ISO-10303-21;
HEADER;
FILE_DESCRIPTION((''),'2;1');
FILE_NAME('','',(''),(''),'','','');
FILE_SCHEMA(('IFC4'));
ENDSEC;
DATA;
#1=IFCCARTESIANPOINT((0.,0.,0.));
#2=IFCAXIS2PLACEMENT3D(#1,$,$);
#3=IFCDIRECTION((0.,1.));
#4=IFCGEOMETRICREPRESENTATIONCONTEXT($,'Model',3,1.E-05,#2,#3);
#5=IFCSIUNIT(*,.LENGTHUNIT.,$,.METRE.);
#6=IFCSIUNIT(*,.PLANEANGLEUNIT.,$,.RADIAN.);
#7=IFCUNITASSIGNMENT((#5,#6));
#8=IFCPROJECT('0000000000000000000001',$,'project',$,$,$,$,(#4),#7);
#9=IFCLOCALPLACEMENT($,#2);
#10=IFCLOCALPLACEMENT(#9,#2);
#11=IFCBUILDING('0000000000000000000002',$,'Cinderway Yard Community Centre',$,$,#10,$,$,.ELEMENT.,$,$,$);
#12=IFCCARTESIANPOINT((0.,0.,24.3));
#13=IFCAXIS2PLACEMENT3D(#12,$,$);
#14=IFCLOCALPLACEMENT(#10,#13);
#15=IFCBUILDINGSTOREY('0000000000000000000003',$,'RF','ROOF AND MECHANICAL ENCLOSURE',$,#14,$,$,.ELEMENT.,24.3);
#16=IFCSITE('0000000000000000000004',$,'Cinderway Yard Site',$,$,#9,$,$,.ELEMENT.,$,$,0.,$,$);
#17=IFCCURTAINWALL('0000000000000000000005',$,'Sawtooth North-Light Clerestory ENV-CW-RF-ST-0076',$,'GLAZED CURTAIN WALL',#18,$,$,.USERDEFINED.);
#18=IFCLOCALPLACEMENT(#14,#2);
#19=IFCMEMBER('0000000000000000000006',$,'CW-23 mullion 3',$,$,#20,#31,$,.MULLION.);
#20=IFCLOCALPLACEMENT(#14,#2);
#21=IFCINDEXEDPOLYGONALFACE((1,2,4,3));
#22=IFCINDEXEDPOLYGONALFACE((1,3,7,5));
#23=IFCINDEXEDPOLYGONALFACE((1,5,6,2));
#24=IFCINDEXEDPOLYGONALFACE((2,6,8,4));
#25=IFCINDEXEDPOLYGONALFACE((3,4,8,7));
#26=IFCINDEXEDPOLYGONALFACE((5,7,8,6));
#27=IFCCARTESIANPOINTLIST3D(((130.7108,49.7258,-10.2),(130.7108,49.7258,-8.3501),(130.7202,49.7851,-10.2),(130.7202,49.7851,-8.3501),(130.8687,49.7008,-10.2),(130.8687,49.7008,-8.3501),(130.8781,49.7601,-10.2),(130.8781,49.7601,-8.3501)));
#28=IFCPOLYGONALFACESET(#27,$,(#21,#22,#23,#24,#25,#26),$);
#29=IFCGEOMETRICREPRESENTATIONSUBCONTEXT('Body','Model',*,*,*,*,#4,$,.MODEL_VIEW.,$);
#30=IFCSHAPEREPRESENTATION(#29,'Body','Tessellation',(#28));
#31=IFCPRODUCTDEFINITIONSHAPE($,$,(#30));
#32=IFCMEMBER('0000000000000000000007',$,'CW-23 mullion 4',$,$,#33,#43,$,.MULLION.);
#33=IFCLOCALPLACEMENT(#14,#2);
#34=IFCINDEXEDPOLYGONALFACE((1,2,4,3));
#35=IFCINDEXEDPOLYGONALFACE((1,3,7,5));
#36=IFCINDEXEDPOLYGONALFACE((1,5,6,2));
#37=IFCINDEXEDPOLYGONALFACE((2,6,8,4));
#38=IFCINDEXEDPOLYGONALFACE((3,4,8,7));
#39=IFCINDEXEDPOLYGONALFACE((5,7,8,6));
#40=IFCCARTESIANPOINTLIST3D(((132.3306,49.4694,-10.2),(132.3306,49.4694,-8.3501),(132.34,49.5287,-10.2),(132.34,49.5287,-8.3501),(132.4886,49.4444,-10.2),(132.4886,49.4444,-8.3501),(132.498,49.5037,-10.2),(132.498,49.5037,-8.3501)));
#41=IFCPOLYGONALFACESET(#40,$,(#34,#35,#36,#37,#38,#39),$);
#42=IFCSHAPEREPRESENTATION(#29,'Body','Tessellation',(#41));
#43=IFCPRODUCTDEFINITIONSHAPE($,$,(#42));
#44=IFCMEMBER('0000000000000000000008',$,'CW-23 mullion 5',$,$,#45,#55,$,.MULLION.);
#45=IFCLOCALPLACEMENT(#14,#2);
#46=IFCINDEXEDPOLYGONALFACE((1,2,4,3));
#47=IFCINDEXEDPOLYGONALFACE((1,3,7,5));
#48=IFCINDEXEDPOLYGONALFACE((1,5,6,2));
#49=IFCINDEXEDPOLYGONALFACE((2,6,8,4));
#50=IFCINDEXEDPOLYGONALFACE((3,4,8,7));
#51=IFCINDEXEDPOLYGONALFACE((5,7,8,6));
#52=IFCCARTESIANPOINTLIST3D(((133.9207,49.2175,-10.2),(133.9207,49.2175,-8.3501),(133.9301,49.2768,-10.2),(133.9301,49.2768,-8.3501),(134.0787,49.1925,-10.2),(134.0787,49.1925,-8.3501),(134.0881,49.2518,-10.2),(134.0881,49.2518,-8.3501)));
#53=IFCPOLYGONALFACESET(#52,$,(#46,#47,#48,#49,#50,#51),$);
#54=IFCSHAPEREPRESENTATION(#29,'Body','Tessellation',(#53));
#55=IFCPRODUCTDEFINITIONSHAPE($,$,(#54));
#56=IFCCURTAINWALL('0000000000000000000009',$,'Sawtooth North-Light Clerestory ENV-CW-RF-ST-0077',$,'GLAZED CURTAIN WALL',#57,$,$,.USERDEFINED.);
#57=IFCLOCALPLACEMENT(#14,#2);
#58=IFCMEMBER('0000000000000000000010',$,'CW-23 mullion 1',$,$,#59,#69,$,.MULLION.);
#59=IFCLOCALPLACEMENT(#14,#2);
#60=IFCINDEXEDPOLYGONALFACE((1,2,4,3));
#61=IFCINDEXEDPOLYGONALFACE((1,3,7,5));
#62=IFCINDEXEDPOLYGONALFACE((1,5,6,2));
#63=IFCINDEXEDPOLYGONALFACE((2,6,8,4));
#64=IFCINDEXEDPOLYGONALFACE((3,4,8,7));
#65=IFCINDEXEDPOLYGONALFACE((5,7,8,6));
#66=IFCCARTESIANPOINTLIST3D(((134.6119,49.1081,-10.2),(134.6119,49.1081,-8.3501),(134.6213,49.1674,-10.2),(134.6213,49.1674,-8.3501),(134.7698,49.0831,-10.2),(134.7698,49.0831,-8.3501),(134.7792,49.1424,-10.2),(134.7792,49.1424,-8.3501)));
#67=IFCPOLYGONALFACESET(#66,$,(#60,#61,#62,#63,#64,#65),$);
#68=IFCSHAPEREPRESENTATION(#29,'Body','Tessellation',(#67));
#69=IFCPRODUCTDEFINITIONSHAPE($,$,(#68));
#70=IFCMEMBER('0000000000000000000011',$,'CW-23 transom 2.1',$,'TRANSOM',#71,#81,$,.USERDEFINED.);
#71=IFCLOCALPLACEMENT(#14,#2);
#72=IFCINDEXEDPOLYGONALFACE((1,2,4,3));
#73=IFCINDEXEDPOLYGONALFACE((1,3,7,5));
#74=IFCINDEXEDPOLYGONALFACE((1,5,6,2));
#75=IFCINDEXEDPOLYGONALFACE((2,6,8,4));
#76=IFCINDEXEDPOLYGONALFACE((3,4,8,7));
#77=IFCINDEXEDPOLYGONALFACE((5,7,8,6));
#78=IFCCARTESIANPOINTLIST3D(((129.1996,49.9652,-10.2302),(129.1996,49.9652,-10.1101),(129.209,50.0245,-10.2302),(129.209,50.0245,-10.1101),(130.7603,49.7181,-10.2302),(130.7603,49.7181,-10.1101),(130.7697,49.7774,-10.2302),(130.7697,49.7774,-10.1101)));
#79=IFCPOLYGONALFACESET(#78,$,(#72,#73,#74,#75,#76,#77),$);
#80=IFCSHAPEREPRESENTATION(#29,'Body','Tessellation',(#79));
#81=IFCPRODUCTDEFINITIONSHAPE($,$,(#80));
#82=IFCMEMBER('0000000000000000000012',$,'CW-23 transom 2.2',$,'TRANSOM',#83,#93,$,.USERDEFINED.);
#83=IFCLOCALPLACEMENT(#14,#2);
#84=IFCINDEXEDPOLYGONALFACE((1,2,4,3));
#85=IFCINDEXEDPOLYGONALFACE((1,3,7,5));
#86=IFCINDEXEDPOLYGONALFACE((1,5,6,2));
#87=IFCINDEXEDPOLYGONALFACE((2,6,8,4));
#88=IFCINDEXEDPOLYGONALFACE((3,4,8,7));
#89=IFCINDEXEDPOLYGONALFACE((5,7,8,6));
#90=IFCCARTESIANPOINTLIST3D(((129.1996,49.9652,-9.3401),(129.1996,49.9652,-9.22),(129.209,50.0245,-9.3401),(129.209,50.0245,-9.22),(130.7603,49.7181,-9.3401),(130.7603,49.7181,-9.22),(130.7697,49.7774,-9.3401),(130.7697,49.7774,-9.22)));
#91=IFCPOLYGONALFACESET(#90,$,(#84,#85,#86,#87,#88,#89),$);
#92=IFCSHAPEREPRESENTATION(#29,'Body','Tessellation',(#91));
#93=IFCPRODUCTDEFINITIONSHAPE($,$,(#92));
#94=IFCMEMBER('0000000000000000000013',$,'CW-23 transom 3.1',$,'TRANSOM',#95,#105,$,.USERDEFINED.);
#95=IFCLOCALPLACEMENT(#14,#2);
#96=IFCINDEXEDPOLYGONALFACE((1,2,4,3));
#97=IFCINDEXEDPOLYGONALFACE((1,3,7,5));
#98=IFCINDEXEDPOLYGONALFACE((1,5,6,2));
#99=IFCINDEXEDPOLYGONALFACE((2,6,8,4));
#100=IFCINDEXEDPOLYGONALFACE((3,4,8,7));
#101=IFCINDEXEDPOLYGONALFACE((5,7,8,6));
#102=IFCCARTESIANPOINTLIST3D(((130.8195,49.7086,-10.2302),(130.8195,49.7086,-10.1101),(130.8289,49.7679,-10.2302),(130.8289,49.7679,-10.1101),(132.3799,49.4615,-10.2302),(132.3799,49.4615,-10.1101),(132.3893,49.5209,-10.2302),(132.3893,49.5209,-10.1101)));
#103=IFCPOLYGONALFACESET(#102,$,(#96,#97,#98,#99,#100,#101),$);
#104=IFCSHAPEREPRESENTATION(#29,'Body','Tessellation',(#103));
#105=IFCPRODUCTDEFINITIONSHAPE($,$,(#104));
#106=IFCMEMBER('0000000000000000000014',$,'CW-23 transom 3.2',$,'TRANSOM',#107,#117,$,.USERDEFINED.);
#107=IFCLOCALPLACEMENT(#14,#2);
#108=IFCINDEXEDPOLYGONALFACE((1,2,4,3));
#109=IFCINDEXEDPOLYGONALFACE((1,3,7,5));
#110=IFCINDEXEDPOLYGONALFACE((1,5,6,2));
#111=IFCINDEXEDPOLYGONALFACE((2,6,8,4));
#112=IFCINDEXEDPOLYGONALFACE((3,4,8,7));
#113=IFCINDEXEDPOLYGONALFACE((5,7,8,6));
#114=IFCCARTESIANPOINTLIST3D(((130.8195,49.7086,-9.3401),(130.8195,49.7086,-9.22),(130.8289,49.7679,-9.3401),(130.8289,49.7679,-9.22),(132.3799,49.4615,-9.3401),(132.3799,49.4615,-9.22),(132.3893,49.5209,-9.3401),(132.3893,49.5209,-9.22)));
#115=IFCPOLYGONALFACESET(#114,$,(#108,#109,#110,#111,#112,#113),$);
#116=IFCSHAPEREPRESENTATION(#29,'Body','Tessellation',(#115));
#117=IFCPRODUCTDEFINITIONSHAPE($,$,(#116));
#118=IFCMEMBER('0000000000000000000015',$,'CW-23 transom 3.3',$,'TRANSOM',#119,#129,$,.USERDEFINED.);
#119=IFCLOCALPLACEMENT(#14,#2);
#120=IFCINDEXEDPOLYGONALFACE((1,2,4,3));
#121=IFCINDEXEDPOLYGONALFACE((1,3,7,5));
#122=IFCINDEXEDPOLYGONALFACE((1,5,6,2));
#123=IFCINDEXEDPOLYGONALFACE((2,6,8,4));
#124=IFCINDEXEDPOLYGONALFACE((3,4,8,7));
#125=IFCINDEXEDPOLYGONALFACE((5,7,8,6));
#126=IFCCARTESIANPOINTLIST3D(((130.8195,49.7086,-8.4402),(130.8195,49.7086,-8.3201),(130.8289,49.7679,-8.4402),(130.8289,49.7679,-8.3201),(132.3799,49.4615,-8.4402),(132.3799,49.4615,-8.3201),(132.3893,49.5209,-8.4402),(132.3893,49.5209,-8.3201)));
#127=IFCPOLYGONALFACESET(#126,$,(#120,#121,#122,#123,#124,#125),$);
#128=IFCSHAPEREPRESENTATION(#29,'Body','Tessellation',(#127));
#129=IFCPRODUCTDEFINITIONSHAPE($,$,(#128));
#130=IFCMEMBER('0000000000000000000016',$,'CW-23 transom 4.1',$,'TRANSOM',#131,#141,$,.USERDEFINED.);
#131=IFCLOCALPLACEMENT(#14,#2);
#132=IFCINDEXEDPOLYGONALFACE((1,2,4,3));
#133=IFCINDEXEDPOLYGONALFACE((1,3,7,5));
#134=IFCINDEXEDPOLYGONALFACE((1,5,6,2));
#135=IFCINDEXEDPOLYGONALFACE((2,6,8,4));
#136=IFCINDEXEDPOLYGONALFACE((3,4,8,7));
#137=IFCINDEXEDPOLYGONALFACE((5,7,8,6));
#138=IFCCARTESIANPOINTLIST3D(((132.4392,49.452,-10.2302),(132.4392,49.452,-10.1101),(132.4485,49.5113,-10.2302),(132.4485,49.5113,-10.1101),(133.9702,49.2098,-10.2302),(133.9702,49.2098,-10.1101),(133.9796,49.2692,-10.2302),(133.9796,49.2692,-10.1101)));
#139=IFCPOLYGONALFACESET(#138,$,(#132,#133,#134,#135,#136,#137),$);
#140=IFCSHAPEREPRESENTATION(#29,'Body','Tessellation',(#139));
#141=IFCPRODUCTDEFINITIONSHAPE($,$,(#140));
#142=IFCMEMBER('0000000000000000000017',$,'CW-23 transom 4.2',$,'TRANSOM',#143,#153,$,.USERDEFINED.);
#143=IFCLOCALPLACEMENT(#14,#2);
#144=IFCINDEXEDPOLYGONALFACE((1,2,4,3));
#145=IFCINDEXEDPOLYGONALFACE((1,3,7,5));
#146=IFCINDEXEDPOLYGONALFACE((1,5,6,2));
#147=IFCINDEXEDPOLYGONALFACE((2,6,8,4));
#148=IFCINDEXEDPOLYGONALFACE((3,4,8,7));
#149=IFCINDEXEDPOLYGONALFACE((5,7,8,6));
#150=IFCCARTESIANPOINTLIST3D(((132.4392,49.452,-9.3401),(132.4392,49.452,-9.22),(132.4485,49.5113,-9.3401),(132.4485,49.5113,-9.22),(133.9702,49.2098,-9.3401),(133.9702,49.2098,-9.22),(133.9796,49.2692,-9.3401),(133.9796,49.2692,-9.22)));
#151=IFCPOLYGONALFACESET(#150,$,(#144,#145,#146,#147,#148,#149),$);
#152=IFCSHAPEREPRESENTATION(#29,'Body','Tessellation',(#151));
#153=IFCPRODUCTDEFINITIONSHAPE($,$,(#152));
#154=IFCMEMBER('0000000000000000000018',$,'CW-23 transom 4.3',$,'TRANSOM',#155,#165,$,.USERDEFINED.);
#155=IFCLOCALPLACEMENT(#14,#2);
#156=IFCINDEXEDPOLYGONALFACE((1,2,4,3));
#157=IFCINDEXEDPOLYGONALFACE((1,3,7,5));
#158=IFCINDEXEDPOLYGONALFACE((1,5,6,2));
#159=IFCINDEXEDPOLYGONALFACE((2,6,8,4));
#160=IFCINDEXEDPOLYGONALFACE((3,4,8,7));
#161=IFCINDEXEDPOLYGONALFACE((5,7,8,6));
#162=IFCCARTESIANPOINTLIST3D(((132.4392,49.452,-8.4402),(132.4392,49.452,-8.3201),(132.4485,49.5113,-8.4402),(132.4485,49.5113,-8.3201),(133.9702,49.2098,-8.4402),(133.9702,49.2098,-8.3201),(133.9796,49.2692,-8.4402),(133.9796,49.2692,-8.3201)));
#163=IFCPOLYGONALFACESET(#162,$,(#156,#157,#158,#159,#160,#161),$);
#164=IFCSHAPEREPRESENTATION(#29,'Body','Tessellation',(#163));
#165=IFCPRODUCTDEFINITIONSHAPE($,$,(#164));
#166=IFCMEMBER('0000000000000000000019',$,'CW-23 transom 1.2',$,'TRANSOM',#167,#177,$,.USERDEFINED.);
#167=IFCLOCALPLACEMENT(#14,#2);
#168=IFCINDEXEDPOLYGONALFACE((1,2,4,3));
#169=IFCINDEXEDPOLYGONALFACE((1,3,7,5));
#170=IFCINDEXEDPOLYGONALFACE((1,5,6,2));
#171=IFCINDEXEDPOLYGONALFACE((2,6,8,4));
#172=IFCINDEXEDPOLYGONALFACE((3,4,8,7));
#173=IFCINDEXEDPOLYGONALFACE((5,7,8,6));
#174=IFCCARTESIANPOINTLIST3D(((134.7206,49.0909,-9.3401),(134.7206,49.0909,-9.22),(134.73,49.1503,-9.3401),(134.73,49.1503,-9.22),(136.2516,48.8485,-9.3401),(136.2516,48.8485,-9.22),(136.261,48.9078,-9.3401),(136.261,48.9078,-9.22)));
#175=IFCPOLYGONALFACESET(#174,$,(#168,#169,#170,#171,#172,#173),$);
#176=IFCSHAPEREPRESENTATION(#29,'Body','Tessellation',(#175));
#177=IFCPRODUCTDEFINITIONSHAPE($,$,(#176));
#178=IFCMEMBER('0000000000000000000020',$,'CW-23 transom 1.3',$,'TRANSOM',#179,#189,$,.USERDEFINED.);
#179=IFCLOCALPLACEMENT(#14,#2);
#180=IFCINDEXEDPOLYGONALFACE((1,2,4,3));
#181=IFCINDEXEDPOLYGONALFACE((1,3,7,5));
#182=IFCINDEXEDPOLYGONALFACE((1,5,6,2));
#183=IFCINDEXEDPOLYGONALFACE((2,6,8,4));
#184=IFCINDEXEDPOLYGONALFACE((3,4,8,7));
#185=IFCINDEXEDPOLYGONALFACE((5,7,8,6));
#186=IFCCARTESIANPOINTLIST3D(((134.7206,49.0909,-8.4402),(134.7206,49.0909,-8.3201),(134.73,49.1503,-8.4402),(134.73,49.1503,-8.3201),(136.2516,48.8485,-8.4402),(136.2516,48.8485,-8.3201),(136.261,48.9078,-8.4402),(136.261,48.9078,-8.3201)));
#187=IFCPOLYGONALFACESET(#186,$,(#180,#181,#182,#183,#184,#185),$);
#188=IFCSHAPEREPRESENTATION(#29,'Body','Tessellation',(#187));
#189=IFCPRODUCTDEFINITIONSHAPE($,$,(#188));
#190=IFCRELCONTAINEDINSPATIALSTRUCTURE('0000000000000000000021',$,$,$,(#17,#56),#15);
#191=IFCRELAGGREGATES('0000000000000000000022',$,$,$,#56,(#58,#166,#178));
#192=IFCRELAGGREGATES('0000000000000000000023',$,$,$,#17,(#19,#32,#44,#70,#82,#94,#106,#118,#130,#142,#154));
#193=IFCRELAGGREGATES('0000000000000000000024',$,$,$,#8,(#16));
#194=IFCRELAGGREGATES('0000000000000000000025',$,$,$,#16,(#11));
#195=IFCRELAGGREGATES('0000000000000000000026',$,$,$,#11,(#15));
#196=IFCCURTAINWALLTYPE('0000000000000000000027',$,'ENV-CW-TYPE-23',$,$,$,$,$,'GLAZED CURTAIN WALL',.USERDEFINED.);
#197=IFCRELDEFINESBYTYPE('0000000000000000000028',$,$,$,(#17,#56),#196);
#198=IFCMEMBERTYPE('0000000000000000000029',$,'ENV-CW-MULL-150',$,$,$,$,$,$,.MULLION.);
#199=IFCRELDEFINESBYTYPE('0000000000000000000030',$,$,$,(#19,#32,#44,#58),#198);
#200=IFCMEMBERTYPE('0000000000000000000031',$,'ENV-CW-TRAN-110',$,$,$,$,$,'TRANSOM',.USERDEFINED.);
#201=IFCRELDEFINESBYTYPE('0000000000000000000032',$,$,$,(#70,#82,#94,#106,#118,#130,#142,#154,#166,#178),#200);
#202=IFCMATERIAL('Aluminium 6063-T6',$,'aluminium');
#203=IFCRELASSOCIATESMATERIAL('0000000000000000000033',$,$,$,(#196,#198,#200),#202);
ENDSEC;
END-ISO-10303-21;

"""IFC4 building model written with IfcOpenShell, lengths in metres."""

from ifc_helpers import new_model, si_unit, direction, frame, origin, origin_2d, place, context, subcontext, project, spatial, rectangle, extrude, material, material_profile, profile_set, type_object, element, aggregate, save


model = new_model("IFC4")

# Units and contexts
model_context = context("Model", 3, precision=1e-05, world=origin(), true_north=direction((0.0, 1.0)))
body_context = subcontext(model_context, "Body", "Model", "MODEL_VIEW")
ifc_project = project(units=[si_unit("LENGTHUNIT", "METRE"), si_unit("PLANEANGLEUNIT", "RADIAN")], contexts=[model_context])

# Site, building, storey
site_placement = place(None, origin())
site = spatial("IfcSite", under=ifc_project, at=site_placement, Name="Cinderway Yard Site", CompositionType="ELEMENT", RefElevation=0.0)
building_placement = place(site_placement, origin())
building = spatial("IfcBuilding", under=site, at=building_placement, Name="Cinderway Yard Community Centre", CompositionType="ELEMENT")
storey_placement = place(building_placement, frame((0.0, 0.0, 24.3)))
storey = spatial("IfcBuildingStorey", under=building, at=storey_placement, Name="RF", Description="ROOF AND MECHANICAL ENCLOSURE", CompositionType="ELEMENT", Elevation=24.3)

# Curtain wall, members
ifc_material_1 = material(Name="Aluminium 6063-T6", Category="aluminium")
curtain_wall_type = type_object("IfcCurtainWallType", Name="ENV-CW-TYPE-23", ElementType="GLAZED CURTAIN WALL", PredefinedType="USERDEFINED", material=ifc_material_1)
curtain_wall_1_placement = place(storey_placement, origin())
curtain_wall_1 = element("IfcCurtainWall", 1, at=curtain_wall_1_placement, inside=storey, type_object=curtain_wall_type, Name="Sawtooth North-Light Clerestory ENV-CW-RF-ST-0076", ObjectType="GLAZED CURTAIN WALL", PredefinedType="USERDEFINED")
ifc_material_profile_1 = material_profile(ifc_material_1, rectangle(XDim=0.0601, YDim=0.1599, at=origin_2d()), Name="Aluminium 6063-T6")
ifc_profile_set_1 = profile_set([ifc_material_profile_1], Name="Aluminium 6063-T6")
member_type_1 = type_object("IfcMemberType", Name="ENV-CW-MULL-150", PredefinedType="MULLION", material=ifc_profile_set_1)
member_1_placement = place(storey_placement, frame((130.7944, 49.7429, -10.2), z_axis=(0.0, 0.0, 1.0), x_axis=(0.156409, 0.987692, 0.0)))
member_1 = element("IfcMember", 2, at=member_1_placement, type_object=member_type_1, Name="CW-23 mullion 3", PredefinedType="MULLION", context=body_context, shape_type="SweptSolid", body=[
    extrude(rectangle(XDim=0.0601, YDim=0.1599, at=origin_2d()), origin(), (0.0, 0.0, 1.0), 1.8499),
])
member_2_placement = place(storey_placement, frame((132.4143, 49.4866, -10.2), z_axis=(0.0, 0.0, 1.0), x_axis=(0.156409, 0.987692, 0.0)))
member_2 = element("IfcMember", 3, at=member_2_placement, type_object=member_type_1, Name="CW-23 mullion 4", PredefinedType="MULLION", context=body_context, shape_type="SweptSolid", body=[
    extrude(rectangle(XDim=0.0601, YDim=0.1599, at=origin_2d()), origin(), (0.0, 0.0, 1.0), 1.8499),
])
member_3_placement = place(storey_placement, frame((134.0044, 49.2346, -10.2), z_axis=(0.0, 0.0, 1.0), x_axis=(0.156409, 0.987692, 0.0)))
member_3 = element("IfcMember", 4, at=member_3_placement, type_object=member_type_1, Name="CW-23 mullion 5", PredefinedType="MULLION", context=body_context, shape_type="SweptSolid", body=[
    extrude(rectangle(XDim=0.0601, YDim=0.1599, at=origin_2d()), origin(), (0.0, 0.0, 1.0), 1.8499),
])

# Curtain wall, member
curtain_wall_2_placement = place(storey_placement, origin())
curtain_wall_2 = element("IfcCurtainWall", 5, at=curtain_wall_2_placement, inside=storey, type_object=curtain_wall_type, Name="Sawtooth North-Light Clerestory ENV-CW-RF-ST-0077", ObjectType="GLAZED CURTAIN WALL", PredefinedType="USERDEFINED")
member_4_placement = place(storey_placement, frame((134.6956, 49.1252, -10.2), z_axis=(0.0, 0.0, 1.0), x_axis=(0.156385, 0.987696, 0.0)))
member_4 = element("IfcMember", 6, at=member_4_placement, type_object=member_type_1, Name="CW-23 mullion 1", PredefinedType="MULLION", context=body_context, shape_type="SweptSolid", body=[
    extrude(rectangle(XDim=0.0601, YDim=0.1599, at=origin_2d()), origin(), (0.0, 0.0, 1.0), 1.8499),
])

# Members
ifc_material_profile_2 = material_profile(ifc_material_1, rectangle(XDim=0.0601, YDim=0.1201, at=origin_2d()), Name="Aluminium 6063-T6")
ifc_profile_set_2 = profile_set([ifc_material_profile_2], Name="Aluminium 6063-T6")
member_type_2 = type_object("IfcMemberType", Name="ENV-CW-TRAN-110", ElementType="TRANSOM", PredefinedType="USERDEFINED", material=ifc_profile_set_2)
member_5_placement = place(storey_placement, frame((129.2043, 49.9949, -10.1702), z_axis=(0.987698, -0.156375, 0.0), x_axis=(0.156375, 0.987698, 0.0)))
member_5 = element("IfcMember", 7, at=member_5_placement, type_object=member_type_2, Name="CW-23 transom 2.1", ObjectType="TRANSOM", PredefinedType="USERDEFINED", context=body_context, shape_type="SweptSolid", body=[
    extrude(rectangle(XDim=0.0601, YDim=0.1201, at=origin_2d()), origin(), (0.0, 0.0, 1.0), 1.5801),
])
member_6_placement = place(storey_placement, frame((129.2043, 49.9949, -9.28), z_axis=(0.987698, -0.156375, 0.0), x_axis=(0.156375, 0.987698, 0.0)))
member_6 = element("IfcMember", 8, at=member_6_placement, type_object=member_type_2, Name="CW-23 transom 2.2", ObjectType="TRANSOM", PredefinedType="USERDEFINED", context=body_context, shape_type="SweptSolid", body=[
    extrude(rectangle(XDim=0.0601, YDim=0.1201, at=origin_2d()), origin(), (0.0, 0.0, 1.0), 1.5801),
])
member_7_placement = place(storey_placement, frame((130.8242, 49.7383, -10.1702), z_axis=(0.987694, -0.156399, 0.0), x_axis=(0.156399, 0.987694, 0.0)))
member_7 = element("IfcMember", 9, at=member_7_placement, type_object=member_type_2, Name="CW-23 transom 3.1", ObjectType="TRANSOM", PredefinedType="USERDEFINED", context=body_context, shape_type="SweptSolid", body=[
    extrude(rectangle(XDim=0.0601, YDim=0.1201, at=origin_2d()), origin(), (0.0, 0.0, 1.0), 1.5798),
])
member_8_placement = place(storey_placement, frame((130.8242, 49.7383, -9.28), z_axis=(0.987694, -0.156399, 0.0), x_axis=(0.156399, 0.987694, 0.0)))
member_8 = element("IfcMember", 10, at=member_8_placement, type_object=member_type_2, Name="CW-23 transom 3.2", ObjectType="TRANSOM", PredefinedType="USERDEFINED", context=body_context, shape_type="SweptSolid", body=[
    extrude(rectangle(XDim=0.0601, YDim=0.1201, at=origin_2d()), origin(), (0.0, 0.0, 1.0), 1.5798),
])
member_9_placement = place(storey_placement, frame((130.8242, 49.7383, -8.3801), z_axis=(0.987694, -0.156399, 0.0), x_axis=(0.156399, 0.987694, 0.0)))
member_9 = element("IfcMember", 11, at=member_9_placement, type_object=member_type_2, Name="CW-23 transom 3.3", ObjectType="TRANSOM", PredefinedType="USERDEFINED", context=body_context, shape_type="SweptSolid", body=[
    extrude(rectangle(XDim=0.0601, YDim=0.1201, at=origin_2d()), origin(), (0.0, 0.0, 1.0), 1.5798),
])
member_10_placement = place(storey_placement, frame((132.4438, 49.4817, -10.1702), z_axis=(0.987718, -0.156246, 0.0), x_axis=(0.156246, 0.987718, 0.0)))
member_10 = element("IfcMember", 12, at=member_10_placement, type_object=member_type_2, Name="CW-23 transom 4.1", ObjectType="TRANSOM", PredefinedType="USERDEFINED", context=body_context, shape_type="SweptSolid", body=[
    extrude(rectangle(XDim=0.0601, YDim=0.1201, at=origin_2d()), origin(), (0.0, 0.0, 1.0), 1.55),
])
member_11_placement = place(storey_placement, frame((132.4438, 49.4817, -9.28), z_axis=(0.987718, -0.156246, 0.0), x_axis=(0.156246, 0.987718, 0.0)))
member_11 = element("IfcMember", 13, at=member_11_placement, type_object=member_type_2, Name="CW-23 transom 4.2", ObjectType="TRANSOM", PredefinedType="USERDEFINED", context=body_context, shape_type="SweptSolid", body=[
    extrude(rectangle(XDim=0.0601, YDim=0.1201, at=origin_2d()), origin(), (0.0, 0.0, 1.0), 1.55),
])
member_12_placement = place(storey_placement, frame((132.4438, 49.4817, -8.3801), z_axis=(0.987718, -0.156246, 0.0), x_axis=(0.156246, 0.987718, 0.0)))
member_12 = element("IfcMember", 14, at=member_12_placement, type_object=member_type_2, Name="CW-23 transom 4.3", ObjectType="TRANSOM", PredefinedType="USERDEFINED", context=body_context, shape_type="SweptSolid", body=[
    extrude(rectangle(XDim=0.0601, YDim=0.1201, at=origin_2d()), origin(), (0.0, 0.0, 1.0), 1.55),
])
member_13_placement = place(storey_placement, frame((134.7253, 49.1206, -9.28), z_axis=(0.987694, -0.156399, 0.0), x_axis=(0.156399, 0.987694, 0.0)))
member_13 = element("IfcMember", 15, at=member_13_placement, type_object=member_type_2, Name="CW-23 transom 1.2", ObjectType="TRANSOM", PredefinedType="USERDEFINED", context=body_context, shape_type="SweptSolid", body=[
    extrude(rectangle(XDim=0.0601, YDim=0.1201, at=origin_2d()), origin(), (0.0, 0.0, 1.0), 1.55),
])
member_14_placement = place(storey_placement, frame((134.7253, 49.1206, -8.3801), z_axis=(0.987694, -0.156399, 0.0), x_axis=(0.156399, 0.987694, 0.0)))
member_14 = element("IfcMember", 16, at=member_14_placement, type_object=member_type_2, Name="CW-23 transom 1.3", ObjectType="TRANSOM", PredefinedType="USERDEFINED", context=body_context, shape_type="SweptSolid", body=[
    extrude(rectangle(XDim=0.0601, YDim=0.1201, at=origin_2d()), origin(), (0.0, 0.0, 1.0), 1.55),
])
aggregate(curtain_wall_2, [member_4, member_13, member_14])

aggregate(curtain_wall_1, [member_1, member_2, member_3, member_5, member_6, member_7, member_8, member_9, member_10, member_11, member_12])

save(model, "model.ifc")
